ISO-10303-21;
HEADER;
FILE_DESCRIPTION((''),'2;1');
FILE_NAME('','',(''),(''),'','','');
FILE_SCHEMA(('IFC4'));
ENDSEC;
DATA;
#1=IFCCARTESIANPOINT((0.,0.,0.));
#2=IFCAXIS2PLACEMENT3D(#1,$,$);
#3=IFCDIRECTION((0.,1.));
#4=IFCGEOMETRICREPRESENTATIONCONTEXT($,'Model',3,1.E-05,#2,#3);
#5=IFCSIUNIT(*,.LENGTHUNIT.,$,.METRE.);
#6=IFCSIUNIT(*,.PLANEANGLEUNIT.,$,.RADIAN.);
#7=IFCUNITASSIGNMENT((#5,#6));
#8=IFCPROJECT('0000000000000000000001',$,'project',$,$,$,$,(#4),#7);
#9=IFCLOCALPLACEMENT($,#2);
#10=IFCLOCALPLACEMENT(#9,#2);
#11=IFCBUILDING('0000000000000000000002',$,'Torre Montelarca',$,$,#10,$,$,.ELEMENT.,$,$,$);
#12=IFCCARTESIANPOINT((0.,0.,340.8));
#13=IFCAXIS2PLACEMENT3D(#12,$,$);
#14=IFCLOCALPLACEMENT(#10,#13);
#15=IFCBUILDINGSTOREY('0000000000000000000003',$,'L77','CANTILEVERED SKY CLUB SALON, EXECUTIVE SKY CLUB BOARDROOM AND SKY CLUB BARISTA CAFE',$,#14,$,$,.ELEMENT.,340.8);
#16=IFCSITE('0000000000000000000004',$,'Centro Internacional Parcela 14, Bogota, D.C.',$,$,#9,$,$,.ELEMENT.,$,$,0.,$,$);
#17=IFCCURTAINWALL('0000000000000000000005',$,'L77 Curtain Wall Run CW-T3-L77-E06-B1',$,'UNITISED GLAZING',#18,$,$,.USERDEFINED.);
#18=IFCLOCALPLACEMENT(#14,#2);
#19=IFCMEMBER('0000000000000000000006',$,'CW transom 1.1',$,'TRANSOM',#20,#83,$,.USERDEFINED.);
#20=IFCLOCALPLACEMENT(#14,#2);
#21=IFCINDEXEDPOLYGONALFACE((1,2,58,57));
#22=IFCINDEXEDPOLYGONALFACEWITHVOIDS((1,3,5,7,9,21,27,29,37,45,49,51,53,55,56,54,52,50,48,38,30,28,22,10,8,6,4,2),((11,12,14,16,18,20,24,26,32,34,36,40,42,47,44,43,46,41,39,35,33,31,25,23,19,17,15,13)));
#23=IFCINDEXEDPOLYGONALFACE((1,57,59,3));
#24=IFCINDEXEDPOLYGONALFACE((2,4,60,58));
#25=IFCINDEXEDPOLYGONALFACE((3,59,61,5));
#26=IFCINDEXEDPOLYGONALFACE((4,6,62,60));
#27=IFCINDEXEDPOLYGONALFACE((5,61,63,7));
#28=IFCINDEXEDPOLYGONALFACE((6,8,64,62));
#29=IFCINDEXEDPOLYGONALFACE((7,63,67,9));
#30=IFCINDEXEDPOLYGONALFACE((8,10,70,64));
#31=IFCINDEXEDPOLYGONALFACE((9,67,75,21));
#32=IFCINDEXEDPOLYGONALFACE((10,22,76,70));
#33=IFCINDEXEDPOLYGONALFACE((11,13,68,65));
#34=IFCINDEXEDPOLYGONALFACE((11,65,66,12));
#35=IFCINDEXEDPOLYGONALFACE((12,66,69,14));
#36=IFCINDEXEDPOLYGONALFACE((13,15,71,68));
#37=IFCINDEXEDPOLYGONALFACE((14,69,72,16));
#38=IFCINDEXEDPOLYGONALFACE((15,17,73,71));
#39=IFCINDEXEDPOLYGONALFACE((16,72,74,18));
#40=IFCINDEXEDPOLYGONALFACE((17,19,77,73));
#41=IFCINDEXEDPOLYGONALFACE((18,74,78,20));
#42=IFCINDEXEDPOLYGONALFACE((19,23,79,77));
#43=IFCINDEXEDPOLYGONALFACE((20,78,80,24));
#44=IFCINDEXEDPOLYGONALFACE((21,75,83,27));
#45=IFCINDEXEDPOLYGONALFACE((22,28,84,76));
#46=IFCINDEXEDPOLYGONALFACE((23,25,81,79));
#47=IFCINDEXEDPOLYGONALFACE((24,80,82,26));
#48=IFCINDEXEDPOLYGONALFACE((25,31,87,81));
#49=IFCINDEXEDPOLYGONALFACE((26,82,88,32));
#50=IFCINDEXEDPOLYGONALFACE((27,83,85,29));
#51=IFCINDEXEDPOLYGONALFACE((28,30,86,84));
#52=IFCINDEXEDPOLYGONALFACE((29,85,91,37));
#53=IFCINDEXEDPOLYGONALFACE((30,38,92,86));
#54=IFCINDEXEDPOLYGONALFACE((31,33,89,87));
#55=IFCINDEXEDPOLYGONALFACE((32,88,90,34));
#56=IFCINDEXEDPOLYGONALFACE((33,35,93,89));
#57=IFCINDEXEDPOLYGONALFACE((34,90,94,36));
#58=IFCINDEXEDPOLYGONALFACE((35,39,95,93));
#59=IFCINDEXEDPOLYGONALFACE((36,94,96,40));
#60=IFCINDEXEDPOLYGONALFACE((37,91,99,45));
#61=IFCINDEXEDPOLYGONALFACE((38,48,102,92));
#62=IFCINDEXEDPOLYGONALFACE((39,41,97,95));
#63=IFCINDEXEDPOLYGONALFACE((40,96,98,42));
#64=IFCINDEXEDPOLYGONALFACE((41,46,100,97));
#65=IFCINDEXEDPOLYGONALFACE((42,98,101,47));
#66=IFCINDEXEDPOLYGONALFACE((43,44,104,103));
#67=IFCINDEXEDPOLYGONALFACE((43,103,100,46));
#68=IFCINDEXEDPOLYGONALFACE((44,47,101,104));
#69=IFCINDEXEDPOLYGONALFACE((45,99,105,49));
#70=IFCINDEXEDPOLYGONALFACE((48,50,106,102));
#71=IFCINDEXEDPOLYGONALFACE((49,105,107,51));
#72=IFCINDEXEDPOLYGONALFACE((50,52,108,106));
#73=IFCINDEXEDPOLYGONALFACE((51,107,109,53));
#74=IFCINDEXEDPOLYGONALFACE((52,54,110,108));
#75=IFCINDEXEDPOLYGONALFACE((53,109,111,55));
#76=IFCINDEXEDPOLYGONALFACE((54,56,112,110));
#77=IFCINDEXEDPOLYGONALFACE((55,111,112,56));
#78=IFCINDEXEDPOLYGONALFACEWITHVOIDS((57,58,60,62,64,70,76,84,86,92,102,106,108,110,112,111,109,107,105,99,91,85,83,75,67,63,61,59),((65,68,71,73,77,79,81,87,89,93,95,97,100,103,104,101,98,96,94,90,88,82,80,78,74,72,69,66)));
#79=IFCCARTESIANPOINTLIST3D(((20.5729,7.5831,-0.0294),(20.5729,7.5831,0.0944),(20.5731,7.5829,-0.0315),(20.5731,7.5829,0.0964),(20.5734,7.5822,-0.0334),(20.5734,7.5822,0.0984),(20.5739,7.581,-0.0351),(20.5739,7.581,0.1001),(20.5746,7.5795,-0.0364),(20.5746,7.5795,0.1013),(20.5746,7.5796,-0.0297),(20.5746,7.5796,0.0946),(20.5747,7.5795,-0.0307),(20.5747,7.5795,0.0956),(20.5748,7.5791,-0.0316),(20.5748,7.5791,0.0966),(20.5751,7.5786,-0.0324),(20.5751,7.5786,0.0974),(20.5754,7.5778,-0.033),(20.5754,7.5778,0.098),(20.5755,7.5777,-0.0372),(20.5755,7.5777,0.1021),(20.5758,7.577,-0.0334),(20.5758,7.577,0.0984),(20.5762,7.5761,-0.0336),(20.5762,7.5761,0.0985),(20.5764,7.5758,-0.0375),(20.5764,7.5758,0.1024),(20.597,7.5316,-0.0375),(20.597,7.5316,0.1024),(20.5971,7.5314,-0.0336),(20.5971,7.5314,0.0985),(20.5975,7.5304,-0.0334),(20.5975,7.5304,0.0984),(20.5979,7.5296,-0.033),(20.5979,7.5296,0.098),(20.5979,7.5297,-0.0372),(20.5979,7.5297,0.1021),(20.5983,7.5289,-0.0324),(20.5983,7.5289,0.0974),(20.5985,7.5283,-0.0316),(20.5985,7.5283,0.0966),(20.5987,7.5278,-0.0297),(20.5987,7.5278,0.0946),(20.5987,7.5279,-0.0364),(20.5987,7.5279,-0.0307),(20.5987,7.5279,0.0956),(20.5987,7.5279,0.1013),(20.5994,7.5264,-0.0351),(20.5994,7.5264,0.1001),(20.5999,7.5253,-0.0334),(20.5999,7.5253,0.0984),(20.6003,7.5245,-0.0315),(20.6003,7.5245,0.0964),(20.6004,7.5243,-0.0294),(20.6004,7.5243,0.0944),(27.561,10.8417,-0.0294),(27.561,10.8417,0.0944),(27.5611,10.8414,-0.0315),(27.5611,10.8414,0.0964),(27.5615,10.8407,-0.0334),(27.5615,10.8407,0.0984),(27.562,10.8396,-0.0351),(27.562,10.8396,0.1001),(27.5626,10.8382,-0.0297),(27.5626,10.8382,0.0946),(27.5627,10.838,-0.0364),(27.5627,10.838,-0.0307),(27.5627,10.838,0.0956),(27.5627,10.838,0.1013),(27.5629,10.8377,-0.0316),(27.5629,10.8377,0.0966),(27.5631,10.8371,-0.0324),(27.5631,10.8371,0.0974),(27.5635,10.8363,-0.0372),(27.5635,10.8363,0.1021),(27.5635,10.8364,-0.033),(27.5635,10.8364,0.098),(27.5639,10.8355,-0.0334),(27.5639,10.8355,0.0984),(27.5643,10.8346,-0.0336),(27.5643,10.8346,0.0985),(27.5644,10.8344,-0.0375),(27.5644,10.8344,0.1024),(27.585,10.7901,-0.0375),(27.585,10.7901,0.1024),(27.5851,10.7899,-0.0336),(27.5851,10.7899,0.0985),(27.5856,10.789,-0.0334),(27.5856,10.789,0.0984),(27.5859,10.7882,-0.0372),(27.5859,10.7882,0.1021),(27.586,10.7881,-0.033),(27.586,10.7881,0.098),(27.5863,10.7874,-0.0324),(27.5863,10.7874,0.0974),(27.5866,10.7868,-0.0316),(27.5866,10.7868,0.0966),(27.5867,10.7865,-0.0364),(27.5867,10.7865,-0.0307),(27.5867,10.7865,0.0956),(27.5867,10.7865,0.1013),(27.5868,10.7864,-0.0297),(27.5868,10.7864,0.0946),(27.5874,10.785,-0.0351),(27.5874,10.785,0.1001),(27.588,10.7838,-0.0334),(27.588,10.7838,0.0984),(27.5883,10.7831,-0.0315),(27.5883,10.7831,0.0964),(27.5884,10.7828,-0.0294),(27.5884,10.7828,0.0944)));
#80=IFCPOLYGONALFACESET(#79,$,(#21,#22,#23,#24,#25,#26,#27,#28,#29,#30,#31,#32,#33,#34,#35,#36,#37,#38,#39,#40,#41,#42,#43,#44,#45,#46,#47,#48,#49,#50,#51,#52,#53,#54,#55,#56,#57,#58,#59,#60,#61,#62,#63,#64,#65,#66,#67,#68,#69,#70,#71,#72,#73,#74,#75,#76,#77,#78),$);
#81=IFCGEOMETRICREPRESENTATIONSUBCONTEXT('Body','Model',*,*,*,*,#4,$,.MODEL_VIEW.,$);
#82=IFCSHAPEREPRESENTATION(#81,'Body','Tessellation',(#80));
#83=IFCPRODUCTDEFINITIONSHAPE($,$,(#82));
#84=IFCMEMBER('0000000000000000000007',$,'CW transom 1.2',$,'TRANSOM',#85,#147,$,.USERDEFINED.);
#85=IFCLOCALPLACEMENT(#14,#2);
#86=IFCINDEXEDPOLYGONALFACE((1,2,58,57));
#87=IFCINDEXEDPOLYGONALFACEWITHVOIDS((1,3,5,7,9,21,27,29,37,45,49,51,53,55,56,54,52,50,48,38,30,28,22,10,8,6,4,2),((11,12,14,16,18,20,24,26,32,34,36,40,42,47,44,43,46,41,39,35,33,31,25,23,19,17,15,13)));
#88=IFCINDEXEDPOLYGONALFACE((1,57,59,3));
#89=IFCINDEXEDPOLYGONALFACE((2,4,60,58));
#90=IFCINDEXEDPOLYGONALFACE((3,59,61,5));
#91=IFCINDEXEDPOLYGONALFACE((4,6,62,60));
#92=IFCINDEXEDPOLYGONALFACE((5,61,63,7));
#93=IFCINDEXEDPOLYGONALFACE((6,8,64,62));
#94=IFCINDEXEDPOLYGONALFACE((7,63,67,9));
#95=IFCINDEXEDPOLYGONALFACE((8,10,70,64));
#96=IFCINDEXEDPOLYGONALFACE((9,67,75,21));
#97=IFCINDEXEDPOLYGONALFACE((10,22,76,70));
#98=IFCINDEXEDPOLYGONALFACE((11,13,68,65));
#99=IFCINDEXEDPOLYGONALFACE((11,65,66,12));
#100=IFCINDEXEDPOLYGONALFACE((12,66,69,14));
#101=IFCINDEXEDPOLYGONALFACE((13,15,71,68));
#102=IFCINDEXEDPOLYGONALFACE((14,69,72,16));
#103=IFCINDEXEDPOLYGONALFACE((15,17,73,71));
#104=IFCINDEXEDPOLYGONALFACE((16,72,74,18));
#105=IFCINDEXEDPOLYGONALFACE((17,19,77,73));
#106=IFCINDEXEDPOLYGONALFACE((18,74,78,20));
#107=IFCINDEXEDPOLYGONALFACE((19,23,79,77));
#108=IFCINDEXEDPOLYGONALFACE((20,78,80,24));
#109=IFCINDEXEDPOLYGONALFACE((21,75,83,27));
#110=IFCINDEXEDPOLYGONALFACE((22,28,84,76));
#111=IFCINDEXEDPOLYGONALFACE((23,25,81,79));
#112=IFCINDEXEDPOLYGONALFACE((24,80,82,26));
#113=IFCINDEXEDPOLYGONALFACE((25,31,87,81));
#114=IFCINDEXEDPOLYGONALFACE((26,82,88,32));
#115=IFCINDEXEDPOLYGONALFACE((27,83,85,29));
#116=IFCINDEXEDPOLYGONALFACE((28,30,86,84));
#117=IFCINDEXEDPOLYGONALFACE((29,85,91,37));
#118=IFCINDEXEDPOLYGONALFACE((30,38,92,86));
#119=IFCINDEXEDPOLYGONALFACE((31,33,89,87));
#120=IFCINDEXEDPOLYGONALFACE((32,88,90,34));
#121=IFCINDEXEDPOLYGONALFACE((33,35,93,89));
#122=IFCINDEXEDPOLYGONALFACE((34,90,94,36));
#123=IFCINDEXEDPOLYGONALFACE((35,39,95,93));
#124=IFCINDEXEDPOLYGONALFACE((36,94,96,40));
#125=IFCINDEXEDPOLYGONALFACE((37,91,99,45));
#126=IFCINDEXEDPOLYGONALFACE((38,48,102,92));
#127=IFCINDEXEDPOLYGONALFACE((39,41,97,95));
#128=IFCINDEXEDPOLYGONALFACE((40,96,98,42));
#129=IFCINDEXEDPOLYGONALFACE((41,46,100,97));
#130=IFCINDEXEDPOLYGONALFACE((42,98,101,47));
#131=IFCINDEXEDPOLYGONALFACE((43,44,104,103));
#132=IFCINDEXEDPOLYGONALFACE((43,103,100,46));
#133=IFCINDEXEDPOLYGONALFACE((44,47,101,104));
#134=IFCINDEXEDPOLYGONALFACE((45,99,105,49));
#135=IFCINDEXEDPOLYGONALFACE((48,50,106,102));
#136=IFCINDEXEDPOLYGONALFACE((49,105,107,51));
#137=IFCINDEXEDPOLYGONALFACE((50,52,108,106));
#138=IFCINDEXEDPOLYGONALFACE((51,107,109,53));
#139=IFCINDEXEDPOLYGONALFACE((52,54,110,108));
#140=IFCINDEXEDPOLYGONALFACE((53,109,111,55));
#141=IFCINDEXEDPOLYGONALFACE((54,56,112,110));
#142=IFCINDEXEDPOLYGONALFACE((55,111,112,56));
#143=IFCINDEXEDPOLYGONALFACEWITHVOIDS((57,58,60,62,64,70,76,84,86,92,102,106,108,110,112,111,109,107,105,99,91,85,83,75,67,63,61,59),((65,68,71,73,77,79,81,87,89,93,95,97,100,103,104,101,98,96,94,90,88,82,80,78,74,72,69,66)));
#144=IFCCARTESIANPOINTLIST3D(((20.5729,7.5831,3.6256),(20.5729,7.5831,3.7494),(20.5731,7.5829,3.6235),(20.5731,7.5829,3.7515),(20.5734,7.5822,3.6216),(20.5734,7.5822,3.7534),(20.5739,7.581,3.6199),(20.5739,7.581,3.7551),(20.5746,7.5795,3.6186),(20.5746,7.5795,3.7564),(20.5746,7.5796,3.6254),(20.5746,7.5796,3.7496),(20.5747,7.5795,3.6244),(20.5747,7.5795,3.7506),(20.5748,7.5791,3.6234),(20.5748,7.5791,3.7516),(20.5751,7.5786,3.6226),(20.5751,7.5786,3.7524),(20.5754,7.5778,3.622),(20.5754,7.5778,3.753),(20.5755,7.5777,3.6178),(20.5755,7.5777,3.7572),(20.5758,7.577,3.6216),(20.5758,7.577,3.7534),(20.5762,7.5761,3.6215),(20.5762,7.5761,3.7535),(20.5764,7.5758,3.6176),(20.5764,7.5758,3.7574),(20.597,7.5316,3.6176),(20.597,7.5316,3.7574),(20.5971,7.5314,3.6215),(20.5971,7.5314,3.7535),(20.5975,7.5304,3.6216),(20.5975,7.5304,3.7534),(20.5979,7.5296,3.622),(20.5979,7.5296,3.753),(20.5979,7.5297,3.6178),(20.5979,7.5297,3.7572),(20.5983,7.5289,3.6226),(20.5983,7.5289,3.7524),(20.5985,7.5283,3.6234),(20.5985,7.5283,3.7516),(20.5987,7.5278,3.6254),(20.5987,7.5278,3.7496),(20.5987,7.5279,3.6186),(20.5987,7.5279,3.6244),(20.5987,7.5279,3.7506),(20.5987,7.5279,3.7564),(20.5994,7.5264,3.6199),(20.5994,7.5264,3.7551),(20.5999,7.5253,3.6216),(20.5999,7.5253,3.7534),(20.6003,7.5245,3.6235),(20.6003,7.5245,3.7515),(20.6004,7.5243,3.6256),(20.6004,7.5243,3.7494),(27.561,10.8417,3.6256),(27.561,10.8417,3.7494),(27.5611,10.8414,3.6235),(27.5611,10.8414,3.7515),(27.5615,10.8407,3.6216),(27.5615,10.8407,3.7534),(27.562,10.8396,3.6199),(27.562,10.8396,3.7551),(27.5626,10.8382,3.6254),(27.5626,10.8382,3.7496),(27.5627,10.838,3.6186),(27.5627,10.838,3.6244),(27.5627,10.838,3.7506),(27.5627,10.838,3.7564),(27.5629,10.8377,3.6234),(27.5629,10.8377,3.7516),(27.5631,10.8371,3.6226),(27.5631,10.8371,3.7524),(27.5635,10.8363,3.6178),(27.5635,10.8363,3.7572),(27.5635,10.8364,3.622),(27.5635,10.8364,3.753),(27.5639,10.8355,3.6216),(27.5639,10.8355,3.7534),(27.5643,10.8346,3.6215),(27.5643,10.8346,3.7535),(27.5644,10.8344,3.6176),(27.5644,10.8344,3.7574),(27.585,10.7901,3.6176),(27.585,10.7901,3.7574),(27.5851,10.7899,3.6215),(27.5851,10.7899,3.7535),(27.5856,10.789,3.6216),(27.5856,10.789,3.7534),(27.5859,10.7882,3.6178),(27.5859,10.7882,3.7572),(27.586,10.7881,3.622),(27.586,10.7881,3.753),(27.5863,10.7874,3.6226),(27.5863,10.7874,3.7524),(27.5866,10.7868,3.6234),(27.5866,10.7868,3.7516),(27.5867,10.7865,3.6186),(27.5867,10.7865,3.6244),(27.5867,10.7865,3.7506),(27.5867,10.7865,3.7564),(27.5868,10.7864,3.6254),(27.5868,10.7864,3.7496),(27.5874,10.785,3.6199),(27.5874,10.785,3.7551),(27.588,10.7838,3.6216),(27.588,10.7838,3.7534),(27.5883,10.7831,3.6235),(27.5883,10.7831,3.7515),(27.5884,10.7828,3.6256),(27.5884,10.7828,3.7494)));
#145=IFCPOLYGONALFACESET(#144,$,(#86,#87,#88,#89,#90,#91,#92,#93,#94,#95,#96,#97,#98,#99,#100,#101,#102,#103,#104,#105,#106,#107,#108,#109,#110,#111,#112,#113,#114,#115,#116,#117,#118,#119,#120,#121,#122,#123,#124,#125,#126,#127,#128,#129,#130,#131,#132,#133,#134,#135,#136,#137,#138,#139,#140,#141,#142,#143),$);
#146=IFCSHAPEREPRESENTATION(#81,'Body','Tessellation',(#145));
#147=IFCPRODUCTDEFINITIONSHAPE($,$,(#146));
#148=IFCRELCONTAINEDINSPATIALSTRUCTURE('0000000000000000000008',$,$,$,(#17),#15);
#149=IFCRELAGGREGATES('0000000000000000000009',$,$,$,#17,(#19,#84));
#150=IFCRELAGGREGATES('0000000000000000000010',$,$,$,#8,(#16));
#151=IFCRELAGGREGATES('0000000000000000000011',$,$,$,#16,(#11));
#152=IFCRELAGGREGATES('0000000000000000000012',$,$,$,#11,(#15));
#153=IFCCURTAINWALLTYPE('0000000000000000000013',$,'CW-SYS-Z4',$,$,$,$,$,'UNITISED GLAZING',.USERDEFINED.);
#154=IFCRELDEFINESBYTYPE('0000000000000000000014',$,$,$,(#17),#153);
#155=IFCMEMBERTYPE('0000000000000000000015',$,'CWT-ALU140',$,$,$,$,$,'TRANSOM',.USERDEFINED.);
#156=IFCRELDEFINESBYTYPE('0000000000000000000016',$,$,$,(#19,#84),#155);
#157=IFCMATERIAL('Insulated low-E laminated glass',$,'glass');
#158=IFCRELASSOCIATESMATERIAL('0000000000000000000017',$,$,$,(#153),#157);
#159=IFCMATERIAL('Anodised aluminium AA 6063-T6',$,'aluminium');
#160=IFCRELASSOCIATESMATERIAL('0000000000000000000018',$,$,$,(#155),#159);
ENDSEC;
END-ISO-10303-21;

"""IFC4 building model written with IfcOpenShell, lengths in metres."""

from ifc_helpers import new_model, si_unit, direction, frame, origin, origin_2d, place, context, subcontext, project, spatial, hollow_rectangle, extrude, source, transform, mapped, material, material_profile, profile_set, type_object, element, aggregate, save


model = new_model("IFC4")

# Units and contexts
model_context = context("Model", 3, precision=1e-05, world=origin(), true_north=direction((0.0, 1.0)))
body_context = subcontext(model_context, "Body", "Model", "MODEL_VIEW")
ifc_project = project(units=[si_unit("LENGTHUNIT", "METRE"), si_unit("PLANEANGLEUNIT", "RADIAN")], contexts=[model_context])

# Site, building, storey
site_placement = place(None, origin())
site = spatial("IfcSite", under=ifc_project, at=site_placement, Name="Centro Internacional Parcela 14, Bogota, D.C.", CompositionType="ELEMENT", RefElevation=0.0)
building_placement = place(site_placement, origin())
building = spatial("IfcBuilding", under=site, at=building_placement, Name="Torre Montelarca", CompositionType="ELEMENT")
storey_placement = place(building_placement, frame((0.0, 0.0, 340.8)))
storey = spatial("IfcBuildingStorey", under=building, at=storey_placement, Name="L77", Description="CANTILEVERED SKY CLUB SALON, EXECUTIVE SKY CLUB BOARDROOM AND SKY CLUB BARISTA CAFE", CompositionType="ELEMENT", Elevation=340.8)

# Curtain wall, members
ifc_material_1 = material(Name="Insulated low-E laminated glass", Category="glass")
curtain_wall_type = type_object("IfcCurtainWallType", Name="CW-SYS-Z4", ElementType="UNITISED GLAZING", PredefinedType="USERDEFINED", material=ifc_material_1)
curtain_wall_placement = place(storey_placement, origin())
curtain_wall = element("IfcCurtainWall", 1, at=curtain_wall_placement, inside=storey, type_object=curtain_wall_type, Name="L77 Curtain Wall Run CW-T3-L77-E06-B1", ObjectType="UNITISED GLAZING", PredefinedType="USERDEFINED")
ifc_material_2 = material(Name="Anodised aluminium AA 6063-T6", Category="aluminium")
ifc_material_profile_1 = material_profile(ifc_material_2, hollow_rectangle(XDim=0.0649, YDim=0.1399, WallThickness=0.0039, InnerFilletRadius=0.0039, OuterFilletRadius=0.0081, at=origin_2d()), Name="ALU65X140X4", Category="aluminium")
ifc_profile_set_1 = profile_set([ifc_material_profile_1], Name="Anodised aluminium AA 6063-T6")
member_type_1 = type_object("IfcMemberType", Name="CWT-ALU140", ElementType="TRANSOM", PredefinedType="USERDEFINED", material=ifc_profile_set_1)
shared_shape_1 = source(origin(), body_context, "Body", "SweptSolid", [
    extrude(hollow_rectangle(XDim=0.0649, YDim=0.1399, WallThickness=0.0039, InnerFilletRadius=0.0039, OuterFilletRadius=0.0081, at=origin_2d()), origin(), (0.0, 0.0, 1.0), 7.7104),
])
member_1_placement = place(storey_placement, frame((20.5867, 7.5537, 0.0325), z_axis=(0.906309, 0.422615, 0.0), x_axis=(-0.422615, 0.906309, 0.0)))
member_1 = element("IfcMember", 2, at=member_1_placement, type_object=member_type_1, Name="CW transom 1.1", ObjectType="TRANSOM", PredefinedType="USERDEFINED", context=body_context, shape_type="MappedRepresentation", body=[
    mapped(shared_shape_1, transform((0.0, 0.0, 0.0), scale=1.0)),
])
member_2_placement = place(storey_placement, frame((20.5867, 7.5537, 3.6875), z_axis=(0.906309, 0.422615, 0.0), x_axis=(-0.422615, 0.906309, 0.0)))
member_2 = element("IfcMember", 3, at=member_2_placement, type_object=member_type_1, Name="CW transom 1.2", ObjectType="TRANSOM", PredefinedType="USERDEFINED", context=body_context, shape_type="MappedRepresentation", body=[
    mapped(shared_shape_1, transform((0.0, 0.0, 0.0), scale=1.0)),
])
aggregate(curtain_wall, [member_1, member_2])

save(model, "model.ifc")
